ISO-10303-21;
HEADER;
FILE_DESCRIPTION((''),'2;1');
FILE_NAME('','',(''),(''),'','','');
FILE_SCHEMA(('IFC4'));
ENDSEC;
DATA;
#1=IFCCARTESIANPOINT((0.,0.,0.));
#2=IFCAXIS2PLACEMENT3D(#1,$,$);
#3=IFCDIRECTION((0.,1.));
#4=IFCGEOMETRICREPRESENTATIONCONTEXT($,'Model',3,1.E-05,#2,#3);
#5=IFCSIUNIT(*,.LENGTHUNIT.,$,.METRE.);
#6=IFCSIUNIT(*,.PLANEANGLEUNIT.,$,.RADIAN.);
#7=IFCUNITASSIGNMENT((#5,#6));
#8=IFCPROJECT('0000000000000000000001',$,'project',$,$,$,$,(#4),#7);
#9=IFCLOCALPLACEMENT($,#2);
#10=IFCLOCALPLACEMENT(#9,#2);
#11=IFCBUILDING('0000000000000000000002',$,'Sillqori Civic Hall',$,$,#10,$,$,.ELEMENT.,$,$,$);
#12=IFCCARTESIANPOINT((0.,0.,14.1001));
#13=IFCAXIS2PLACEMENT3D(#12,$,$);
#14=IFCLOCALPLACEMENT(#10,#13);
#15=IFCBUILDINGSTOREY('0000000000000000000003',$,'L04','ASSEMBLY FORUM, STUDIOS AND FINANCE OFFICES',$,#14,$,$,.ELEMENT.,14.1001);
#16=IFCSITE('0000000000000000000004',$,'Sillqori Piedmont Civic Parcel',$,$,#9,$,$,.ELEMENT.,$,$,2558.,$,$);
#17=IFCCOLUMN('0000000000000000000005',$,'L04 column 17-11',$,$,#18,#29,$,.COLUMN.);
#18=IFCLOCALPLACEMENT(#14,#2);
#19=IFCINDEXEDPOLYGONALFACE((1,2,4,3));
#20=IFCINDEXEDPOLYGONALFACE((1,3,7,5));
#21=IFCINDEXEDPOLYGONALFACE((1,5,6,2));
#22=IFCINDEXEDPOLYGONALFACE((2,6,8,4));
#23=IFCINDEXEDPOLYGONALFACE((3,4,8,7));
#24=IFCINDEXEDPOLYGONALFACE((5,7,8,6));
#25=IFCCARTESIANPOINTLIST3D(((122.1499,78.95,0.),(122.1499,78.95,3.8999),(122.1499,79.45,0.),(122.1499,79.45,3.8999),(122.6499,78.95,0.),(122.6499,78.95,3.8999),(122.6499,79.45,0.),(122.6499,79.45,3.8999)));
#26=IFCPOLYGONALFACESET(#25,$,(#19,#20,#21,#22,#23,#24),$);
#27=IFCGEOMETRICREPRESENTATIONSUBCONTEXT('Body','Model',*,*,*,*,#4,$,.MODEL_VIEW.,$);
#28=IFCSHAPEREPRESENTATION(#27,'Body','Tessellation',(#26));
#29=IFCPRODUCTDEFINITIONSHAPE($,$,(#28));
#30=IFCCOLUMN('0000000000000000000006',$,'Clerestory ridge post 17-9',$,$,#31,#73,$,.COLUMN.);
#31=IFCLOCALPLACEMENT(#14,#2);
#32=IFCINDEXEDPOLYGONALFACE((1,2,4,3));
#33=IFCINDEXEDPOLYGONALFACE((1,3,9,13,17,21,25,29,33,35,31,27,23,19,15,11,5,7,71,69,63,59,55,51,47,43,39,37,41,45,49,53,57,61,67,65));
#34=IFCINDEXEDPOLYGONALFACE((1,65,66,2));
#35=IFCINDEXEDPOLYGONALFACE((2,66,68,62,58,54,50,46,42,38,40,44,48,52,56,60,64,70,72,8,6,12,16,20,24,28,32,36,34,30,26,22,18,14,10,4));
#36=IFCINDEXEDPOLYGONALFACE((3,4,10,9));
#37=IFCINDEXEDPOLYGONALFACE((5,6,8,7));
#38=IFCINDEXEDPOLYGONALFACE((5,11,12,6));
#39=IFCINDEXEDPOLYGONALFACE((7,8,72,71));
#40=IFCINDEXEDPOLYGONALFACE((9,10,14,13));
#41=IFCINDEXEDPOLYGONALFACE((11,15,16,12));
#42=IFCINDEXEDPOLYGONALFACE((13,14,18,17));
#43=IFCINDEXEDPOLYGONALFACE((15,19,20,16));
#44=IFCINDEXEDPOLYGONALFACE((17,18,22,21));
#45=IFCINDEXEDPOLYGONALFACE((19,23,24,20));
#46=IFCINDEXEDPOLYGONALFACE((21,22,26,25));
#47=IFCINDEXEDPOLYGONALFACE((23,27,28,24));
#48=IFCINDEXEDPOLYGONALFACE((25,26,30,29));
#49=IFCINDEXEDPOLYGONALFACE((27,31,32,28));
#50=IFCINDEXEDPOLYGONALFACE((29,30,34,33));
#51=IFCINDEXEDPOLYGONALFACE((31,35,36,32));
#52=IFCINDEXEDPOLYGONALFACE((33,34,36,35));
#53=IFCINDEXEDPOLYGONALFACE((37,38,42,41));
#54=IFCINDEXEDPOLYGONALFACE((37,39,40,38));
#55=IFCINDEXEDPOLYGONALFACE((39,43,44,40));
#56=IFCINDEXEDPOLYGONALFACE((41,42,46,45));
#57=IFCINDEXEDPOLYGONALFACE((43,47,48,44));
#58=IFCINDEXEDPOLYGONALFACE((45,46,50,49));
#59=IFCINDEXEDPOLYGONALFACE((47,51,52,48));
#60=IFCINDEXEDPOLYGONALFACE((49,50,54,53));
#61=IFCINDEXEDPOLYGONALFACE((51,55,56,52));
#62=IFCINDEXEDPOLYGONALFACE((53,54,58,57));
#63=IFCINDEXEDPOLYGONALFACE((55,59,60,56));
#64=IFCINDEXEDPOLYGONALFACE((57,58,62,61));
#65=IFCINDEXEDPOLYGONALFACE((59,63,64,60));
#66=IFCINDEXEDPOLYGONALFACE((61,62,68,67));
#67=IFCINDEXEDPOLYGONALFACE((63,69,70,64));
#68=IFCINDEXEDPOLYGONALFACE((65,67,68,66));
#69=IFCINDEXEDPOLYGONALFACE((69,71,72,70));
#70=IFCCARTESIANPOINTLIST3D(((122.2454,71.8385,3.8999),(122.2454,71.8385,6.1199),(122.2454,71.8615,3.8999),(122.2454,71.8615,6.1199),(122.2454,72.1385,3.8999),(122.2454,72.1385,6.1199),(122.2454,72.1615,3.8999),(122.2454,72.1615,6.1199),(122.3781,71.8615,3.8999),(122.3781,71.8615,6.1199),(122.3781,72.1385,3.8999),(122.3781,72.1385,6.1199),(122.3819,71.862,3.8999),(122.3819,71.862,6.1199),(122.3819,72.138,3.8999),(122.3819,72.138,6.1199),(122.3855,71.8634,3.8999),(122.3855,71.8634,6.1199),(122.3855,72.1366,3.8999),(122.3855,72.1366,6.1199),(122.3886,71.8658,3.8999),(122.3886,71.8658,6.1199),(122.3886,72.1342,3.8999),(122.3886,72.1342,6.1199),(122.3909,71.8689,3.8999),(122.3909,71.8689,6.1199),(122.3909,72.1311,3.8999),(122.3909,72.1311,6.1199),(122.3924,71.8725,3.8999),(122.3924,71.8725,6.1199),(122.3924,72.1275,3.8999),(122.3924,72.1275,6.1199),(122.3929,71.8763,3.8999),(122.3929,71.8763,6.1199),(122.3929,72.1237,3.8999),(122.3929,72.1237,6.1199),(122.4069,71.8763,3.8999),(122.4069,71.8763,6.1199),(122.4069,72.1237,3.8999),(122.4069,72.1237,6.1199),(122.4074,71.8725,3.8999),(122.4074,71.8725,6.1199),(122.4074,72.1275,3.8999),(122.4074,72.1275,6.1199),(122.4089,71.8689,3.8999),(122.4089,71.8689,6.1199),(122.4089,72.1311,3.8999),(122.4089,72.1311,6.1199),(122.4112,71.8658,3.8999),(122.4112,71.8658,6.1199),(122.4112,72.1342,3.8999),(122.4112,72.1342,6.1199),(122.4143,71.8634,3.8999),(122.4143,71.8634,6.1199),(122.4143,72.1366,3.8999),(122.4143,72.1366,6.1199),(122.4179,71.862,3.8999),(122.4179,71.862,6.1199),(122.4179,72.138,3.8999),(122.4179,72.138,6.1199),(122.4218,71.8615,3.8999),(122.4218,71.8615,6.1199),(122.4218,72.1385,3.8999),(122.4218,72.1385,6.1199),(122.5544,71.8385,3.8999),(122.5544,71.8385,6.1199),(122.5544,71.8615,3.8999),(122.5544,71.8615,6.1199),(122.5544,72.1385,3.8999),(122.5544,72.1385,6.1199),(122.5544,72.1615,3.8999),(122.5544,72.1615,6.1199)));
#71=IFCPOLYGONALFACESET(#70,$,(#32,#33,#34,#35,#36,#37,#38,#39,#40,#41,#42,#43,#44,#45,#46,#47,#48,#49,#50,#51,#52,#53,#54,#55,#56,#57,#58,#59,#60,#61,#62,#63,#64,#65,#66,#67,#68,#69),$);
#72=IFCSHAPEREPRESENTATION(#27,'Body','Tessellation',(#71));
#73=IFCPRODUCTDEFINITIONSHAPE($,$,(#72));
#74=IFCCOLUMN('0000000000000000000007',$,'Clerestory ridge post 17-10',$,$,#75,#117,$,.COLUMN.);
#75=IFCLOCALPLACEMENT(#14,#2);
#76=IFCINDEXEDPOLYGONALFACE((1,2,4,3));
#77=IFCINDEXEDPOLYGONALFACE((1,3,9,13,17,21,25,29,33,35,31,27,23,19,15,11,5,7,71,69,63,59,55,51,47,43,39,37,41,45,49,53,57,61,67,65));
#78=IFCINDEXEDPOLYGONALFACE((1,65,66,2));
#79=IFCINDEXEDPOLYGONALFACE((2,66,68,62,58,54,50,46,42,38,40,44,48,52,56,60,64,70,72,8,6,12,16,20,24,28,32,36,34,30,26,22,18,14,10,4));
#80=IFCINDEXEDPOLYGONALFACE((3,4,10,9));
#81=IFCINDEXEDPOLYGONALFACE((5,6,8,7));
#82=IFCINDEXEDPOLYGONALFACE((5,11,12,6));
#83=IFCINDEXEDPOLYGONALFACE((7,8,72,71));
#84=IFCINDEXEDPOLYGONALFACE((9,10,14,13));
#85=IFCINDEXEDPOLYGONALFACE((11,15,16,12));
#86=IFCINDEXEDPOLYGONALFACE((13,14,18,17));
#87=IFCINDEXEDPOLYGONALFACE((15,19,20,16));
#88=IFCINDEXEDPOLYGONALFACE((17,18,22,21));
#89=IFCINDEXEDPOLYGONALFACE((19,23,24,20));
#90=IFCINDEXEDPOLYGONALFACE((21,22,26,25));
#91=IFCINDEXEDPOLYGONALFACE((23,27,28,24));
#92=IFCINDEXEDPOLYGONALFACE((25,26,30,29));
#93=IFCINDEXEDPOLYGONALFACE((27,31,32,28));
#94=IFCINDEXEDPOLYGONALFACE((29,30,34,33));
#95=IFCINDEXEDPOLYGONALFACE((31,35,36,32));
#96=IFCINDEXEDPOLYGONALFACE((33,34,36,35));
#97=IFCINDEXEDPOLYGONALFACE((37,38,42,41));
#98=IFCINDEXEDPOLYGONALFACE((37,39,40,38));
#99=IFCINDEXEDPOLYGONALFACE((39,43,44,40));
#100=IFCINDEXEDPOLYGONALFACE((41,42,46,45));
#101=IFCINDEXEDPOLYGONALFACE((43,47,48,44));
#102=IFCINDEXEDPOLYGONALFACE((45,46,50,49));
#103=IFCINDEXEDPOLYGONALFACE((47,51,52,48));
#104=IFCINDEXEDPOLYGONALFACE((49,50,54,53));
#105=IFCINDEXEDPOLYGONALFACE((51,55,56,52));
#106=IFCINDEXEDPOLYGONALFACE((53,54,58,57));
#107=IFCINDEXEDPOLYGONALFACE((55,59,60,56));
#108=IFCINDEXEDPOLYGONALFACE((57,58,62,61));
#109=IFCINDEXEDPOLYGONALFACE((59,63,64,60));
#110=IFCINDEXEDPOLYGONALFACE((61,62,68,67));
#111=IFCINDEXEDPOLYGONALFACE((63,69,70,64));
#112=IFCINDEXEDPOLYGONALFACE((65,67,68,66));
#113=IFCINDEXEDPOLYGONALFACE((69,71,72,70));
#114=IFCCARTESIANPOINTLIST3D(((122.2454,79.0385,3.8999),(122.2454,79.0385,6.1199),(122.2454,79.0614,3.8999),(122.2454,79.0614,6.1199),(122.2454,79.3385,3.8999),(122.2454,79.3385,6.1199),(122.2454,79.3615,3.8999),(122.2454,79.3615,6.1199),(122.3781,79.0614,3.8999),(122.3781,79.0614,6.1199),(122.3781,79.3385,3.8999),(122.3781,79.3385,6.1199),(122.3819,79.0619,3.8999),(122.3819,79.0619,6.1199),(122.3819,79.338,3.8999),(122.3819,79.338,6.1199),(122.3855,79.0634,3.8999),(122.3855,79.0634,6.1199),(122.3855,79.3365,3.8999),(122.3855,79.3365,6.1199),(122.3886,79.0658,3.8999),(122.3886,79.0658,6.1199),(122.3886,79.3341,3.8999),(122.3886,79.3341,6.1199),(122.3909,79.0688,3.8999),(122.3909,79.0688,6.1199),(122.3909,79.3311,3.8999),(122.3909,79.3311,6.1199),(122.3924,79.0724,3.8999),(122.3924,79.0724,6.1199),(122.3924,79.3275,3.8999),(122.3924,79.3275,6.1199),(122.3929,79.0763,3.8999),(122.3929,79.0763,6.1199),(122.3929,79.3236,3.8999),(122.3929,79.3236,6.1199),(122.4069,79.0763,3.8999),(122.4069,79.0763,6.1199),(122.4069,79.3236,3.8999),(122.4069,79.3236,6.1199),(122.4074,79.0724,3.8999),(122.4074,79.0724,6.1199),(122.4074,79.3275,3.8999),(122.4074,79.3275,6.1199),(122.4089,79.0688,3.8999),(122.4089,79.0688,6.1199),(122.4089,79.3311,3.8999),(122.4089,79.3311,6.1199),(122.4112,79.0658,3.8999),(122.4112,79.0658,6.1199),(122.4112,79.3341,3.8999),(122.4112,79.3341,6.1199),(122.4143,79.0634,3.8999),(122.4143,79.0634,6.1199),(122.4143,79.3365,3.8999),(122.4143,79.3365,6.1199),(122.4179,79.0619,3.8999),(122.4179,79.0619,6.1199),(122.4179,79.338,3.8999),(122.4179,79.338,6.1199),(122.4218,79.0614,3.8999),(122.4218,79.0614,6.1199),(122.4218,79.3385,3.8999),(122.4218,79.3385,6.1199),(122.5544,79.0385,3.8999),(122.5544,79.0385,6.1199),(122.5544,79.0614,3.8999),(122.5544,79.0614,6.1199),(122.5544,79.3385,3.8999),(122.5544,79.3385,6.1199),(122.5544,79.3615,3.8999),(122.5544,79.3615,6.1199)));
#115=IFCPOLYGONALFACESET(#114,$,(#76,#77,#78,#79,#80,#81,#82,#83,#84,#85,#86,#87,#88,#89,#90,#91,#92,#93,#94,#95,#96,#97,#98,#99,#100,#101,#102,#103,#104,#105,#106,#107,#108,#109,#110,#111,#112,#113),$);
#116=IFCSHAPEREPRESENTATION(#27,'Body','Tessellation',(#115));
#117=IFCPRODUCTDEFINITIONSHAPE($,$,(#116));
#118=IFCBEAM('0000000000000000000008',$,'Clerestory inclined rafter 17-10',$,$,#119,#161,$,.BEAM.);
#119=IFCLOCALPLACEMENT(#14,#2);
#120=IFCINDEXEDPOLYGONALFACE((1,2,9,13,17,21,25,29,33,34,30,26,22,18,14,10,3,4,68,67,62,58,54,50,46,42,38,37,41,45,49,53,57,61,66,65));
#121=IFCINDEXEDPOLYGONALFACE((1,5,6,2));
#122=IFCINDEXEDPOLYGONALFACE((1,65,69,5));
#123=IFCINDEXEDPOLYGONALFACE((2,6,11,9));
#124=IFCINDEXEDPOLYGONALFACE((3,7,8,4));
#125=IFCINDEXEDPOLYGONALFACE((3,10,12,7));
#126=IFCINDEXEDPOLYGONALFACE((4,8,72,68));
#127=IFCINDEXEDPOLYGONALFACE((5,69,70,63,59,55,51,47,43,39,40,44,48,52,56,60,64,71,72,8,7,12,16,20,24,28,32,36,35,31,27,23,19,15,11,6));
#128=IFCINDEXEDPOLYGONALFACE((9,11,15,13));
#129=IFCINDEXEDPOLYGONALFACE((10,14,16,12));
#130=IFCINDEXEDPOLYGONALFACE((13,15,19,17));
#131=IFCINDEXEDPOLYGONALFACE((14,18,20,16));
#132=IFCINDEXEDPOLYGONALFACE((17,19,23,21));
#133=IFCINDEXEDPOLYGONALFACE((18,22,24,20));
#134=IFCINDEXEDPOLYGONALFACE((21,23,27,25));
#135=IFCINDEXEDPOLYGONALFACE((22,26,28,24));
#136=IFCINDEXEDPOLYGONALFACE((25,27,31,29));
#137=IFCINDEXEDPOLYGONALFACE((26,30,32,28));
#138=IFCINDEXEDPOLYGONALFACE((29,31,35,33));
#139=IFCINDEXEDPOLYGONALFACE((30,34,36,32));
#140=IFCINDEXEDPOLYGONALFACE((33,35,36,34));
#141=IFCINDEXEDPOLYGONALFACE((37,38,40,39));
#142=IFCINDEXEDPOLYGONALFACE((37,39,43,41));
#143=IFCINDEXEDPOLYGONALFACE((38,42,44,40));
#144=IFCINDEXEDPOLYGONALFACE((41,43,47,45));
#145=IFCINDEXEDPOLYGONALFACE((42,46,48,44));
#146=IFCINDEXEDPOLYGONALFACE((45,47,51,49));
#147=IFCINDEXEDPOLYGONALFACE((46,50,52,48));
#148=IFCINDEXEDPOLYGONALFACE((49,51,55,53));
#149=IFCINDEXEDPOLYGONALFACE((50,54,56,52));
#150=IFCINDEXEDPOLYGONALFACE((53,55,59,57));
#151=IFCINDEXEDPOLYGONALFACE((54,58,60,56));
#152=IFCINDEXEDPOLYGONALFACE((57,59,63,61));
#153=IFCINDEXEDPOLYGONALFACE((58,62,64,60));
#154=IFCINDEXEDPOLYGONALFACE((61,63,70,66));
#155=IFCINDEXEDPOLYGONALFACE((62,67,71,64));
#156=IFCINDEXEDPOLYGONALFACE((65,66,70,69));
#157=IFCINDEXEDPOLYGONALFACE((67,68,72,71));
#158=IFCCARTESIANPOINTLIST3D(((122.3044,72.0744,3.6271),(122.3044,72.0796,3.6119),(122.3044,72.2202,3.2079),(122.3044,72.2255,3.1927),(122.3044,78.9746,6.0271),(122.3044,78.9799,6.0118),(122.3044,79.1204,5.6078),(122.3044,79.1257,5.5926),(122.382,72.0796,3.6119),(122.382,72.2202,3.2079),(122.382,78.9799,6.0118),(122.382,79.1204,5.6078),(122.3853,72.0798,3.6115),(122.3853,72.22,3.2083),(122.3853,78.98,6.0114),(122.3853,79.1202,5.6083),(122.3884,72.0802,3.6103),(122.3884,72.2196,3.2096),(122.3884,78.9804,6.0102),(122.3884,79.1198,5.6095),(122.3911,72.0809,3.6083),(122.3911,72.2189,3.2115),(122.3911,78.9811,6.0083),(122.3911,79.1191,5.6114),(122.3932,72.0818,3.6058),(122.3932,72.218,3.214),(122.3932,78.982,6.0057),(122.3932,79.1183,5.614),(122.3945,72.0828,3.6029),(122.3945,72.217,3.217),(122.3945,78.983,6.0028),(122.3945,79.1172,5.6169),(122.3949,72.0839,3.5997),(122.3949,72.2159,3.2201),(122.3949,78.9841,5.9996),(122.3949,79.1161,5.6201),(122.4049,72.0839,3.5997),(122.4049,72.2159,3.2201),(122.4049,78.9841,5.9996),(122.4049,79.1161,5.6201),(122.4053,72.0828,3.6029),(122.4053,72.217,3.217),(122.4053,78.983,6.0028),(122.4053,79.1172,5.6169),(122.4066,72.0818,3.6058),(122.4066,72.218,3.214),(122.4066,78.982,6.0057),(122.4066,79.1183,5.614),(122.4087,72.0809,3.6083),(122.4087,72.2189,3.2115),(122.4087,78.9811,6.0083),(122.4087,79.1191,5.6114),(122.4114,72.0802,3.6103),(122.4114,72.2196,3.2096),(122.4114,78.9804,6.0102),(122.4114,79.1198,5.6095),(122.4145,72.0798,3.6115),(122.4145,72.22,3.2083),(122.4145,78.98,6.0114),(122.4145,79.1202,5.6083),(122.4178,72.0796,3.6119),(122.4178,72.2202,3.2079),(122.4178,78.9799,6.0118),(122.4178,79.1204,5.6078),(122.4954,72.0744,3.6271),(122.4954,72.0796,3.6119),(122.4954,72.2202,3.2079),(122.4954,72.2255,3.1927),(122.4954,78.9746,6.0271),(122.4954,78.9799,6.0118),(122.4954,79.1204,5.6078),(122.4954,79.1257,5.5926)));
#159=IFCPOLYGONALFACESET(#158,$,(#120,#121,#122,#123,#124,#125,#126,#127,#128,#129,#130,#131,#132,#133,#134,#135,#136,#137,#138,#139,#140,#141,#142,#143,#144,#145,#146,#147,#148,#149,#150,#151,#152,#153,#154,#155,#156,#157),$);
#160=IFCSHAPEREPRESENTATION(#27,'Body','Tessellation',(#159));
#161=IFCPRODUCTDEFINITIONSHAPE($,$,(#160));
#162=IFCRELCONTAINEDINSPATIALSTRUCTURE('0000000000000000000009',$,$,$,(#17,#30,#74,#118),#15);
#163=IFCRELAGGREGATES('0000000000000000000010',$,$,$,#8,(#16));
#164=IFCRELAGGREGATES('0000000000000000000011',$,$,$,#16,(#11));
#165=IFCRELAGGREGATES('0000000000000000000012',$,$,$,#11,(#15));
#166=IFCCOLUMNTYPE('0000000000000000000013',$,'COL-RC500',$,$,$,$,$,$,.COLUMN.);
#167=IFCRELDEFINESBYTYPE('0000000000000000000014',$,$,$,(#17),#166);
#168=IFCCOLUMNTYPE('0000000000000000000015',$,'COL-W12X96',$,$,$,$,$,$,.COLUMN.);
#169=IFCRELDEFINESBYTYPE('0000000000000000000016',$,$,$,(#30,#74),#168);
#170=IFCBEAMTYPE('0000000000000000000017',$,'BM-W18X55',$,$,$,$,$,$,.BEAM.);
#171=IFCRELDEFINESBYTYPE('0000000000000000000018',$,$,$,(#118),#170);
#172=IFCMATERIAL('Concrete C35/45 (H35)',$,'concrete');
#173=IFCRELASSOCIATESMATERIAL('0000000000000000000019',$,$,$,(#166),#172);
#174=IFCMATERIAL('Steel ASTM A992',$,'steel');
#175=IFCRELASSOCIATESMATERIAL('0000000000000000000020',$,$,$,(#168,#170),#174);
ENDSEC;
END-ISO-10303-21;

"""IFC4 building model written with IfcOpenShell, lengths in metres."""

from ifc_helpers import new_model, si_unit, direction, frame, origin, origin_2d, place, context, subcontext, project, spatial, rectangle, i_section, extrude, material, material_profile, profile_set, type_object, element, save


model = new_model("IFC4")

# Units and contexts
model_context = context("Model", 3, precision=1e-05, world=origin(), true_north=direction((0.0, 1.0)))
body_context = subcontext(model_context, "Body", "Model", "MODEL_VIEW")
ifc_project = project(units=[si_unit("LENGTHUNIT", "METRE"), si_unit("PLANEANGLEUNIT", "RADIAN")], contexts=[model_context])

# Site, building, storey
site_placement = place(None, origin())
site = spatial("IfcSite", under=ifc_project, at=site_placement, Name="Sillqori Piedmont Civic Parcel", CompositionType="ELEMENT", RefElevation=2558.0)
building_placement = place(site_placement, origin())
building = spatial("IfcBuilding", under=site, at=building_placement, Name="Sillqori Civic Hall", CompositionType="ELEMENT")
storey_placement = place(building_placement, frame((0.0, 0.0, 14.1001)))
storey = spatial("IfcBuildingStorey", under=building, at=storey_placement, Name="L04", Description="ASSEMBLY FORUM, STUDIOS AND FINANCE OFFICES", CompositionType="ELEMENT", Elevation=14.1001)

# Columns
ifc_material_1 = material(Name="Concrete C35/45 (H35)", Category="concrete")
ifc_material_profile_1 = material_profile(ifc_material_1, rectangle(XDim=0.5, YDim=0.5, at=origin_2d()), Name="RC 500x500")
ifc_profile_set_1 = profile_set([ifc_material_profile_1], Name="Concrete C35/45 (H35)")
column_type_1 = type_object("IfcColumnType", Name="COL-RC500", PredefinedType="COLUMN", material=ifc_profile_set_1)
column_placement = place(storey_placement, frame((122.3999, 79.2, 0.0), z_axis=(0.0, 0.0, 1.0), x_axis=(1.0, 0.0, 0.0)))
element("IfcColumn", 1, at=column_placement, inside=storey, type_object=column_type_1, Name="L04 column 17-11", PredefinedType="COLUMN", context=body_context, shape_type="SweptSolid", body=[
    extrude(rectangle(XDim=0.5, YDim=0.5, at=origin_2d()), origin(), (0.0, 0.0, 1.0), 3.8999),
])
ifc_material_2 = material(Name="Steel ASTM A992", Category="steel")
ifc_material_profile_2 = material_profile(ifc_material_2, i_section(OverallWidth=0.3091, OverallDepth=0.323, WebThickness=0.0139, FlangeThickness=0.0229, FilletRadius=0.0149, at=origin_2d()), Name="W12X96")
ifc_profile_set_2 = profile_set([ifc_material_profile_2], Name="Steel ASTM A992")
column_type_2 = type_object("IfcColumnType", Name="COL-W12X96", PredefinedType="COLUMN", material=ifc_profile_set_2)
for number, where, z_axis, x_axis, name in (
    (2, (122.3999, 72.0, 3.8999), (0.0, 0.0, 1.0), (1.0, 0.0, 0.0), "Clerestory ridge post 17-9"),
    (3, (122.3999, 79.2, 3.8999), (0.0, 0.0, 1.0), (1.0, 0.0, 0.0), "Clerestory ridge post 17-10"),
):
    element("IfcColumn", number, at=place(storey_placement, frame(where, z_axis=z_axis, x_axis=x_axis)), inside=storey, type_object=column_type_2, Name=name, PredefinedType="COLUMN", context=body_context, shape_type="SweptSolid", body=[
        extrude(i_section(OverallWidth=0.3091, OverallDepth=0.323, WebThickness=0.0139, FlangeThickness=0.0229, FilletRadius=0.0149, at=origin_2d()), origin(), (0.0, 0.0, 1.0), 2.22),
    ])

# Beam
ifc_material_profile_3 = material_profile(ifc_material_2, i_section(OverallWidth=0.1909, OverallDepth=0.46, WebThickness=0.01, FlangeThickness=0.0161, FilletRadius=0.0129, at=origin_2d()), Name="W18X55")
ifc_profile_set_3 = profile_set([ifc_material_profile_3], Name="Steel ASTM A992")
beam_type_1 = type_object("IfcBeamType", Name="BM-W18X55", PredefinedType="BEAM", material=ifc_profile_set_3)
beam_1_placement = place(storey_placement, frame((122.3999, 72.1499, 3.4099), z_axis=(0.0, 0.944503, 0.328502), x_axis=(-1.0, 0.0, 0.0)))
element("IfcBeam", 4, at=beam_1_placement, inside=storey, type_object=beam_type_1, Name="Clerestory inclined rafter 17-10", PredefinedType="BEAM", context=body_context, shape_type="SweptSolid", body=[
    extrude(i_section(OverallWidth=0.1909, OverallDepth=0.46, WebThickness=0.01, FlangeThickness=0.0161, FilletRadius=0.0129, at=origin_2d()), origin(), (0.0, 0.0, 1.0), 7.3057),
])

save(model, "model.ifc")
